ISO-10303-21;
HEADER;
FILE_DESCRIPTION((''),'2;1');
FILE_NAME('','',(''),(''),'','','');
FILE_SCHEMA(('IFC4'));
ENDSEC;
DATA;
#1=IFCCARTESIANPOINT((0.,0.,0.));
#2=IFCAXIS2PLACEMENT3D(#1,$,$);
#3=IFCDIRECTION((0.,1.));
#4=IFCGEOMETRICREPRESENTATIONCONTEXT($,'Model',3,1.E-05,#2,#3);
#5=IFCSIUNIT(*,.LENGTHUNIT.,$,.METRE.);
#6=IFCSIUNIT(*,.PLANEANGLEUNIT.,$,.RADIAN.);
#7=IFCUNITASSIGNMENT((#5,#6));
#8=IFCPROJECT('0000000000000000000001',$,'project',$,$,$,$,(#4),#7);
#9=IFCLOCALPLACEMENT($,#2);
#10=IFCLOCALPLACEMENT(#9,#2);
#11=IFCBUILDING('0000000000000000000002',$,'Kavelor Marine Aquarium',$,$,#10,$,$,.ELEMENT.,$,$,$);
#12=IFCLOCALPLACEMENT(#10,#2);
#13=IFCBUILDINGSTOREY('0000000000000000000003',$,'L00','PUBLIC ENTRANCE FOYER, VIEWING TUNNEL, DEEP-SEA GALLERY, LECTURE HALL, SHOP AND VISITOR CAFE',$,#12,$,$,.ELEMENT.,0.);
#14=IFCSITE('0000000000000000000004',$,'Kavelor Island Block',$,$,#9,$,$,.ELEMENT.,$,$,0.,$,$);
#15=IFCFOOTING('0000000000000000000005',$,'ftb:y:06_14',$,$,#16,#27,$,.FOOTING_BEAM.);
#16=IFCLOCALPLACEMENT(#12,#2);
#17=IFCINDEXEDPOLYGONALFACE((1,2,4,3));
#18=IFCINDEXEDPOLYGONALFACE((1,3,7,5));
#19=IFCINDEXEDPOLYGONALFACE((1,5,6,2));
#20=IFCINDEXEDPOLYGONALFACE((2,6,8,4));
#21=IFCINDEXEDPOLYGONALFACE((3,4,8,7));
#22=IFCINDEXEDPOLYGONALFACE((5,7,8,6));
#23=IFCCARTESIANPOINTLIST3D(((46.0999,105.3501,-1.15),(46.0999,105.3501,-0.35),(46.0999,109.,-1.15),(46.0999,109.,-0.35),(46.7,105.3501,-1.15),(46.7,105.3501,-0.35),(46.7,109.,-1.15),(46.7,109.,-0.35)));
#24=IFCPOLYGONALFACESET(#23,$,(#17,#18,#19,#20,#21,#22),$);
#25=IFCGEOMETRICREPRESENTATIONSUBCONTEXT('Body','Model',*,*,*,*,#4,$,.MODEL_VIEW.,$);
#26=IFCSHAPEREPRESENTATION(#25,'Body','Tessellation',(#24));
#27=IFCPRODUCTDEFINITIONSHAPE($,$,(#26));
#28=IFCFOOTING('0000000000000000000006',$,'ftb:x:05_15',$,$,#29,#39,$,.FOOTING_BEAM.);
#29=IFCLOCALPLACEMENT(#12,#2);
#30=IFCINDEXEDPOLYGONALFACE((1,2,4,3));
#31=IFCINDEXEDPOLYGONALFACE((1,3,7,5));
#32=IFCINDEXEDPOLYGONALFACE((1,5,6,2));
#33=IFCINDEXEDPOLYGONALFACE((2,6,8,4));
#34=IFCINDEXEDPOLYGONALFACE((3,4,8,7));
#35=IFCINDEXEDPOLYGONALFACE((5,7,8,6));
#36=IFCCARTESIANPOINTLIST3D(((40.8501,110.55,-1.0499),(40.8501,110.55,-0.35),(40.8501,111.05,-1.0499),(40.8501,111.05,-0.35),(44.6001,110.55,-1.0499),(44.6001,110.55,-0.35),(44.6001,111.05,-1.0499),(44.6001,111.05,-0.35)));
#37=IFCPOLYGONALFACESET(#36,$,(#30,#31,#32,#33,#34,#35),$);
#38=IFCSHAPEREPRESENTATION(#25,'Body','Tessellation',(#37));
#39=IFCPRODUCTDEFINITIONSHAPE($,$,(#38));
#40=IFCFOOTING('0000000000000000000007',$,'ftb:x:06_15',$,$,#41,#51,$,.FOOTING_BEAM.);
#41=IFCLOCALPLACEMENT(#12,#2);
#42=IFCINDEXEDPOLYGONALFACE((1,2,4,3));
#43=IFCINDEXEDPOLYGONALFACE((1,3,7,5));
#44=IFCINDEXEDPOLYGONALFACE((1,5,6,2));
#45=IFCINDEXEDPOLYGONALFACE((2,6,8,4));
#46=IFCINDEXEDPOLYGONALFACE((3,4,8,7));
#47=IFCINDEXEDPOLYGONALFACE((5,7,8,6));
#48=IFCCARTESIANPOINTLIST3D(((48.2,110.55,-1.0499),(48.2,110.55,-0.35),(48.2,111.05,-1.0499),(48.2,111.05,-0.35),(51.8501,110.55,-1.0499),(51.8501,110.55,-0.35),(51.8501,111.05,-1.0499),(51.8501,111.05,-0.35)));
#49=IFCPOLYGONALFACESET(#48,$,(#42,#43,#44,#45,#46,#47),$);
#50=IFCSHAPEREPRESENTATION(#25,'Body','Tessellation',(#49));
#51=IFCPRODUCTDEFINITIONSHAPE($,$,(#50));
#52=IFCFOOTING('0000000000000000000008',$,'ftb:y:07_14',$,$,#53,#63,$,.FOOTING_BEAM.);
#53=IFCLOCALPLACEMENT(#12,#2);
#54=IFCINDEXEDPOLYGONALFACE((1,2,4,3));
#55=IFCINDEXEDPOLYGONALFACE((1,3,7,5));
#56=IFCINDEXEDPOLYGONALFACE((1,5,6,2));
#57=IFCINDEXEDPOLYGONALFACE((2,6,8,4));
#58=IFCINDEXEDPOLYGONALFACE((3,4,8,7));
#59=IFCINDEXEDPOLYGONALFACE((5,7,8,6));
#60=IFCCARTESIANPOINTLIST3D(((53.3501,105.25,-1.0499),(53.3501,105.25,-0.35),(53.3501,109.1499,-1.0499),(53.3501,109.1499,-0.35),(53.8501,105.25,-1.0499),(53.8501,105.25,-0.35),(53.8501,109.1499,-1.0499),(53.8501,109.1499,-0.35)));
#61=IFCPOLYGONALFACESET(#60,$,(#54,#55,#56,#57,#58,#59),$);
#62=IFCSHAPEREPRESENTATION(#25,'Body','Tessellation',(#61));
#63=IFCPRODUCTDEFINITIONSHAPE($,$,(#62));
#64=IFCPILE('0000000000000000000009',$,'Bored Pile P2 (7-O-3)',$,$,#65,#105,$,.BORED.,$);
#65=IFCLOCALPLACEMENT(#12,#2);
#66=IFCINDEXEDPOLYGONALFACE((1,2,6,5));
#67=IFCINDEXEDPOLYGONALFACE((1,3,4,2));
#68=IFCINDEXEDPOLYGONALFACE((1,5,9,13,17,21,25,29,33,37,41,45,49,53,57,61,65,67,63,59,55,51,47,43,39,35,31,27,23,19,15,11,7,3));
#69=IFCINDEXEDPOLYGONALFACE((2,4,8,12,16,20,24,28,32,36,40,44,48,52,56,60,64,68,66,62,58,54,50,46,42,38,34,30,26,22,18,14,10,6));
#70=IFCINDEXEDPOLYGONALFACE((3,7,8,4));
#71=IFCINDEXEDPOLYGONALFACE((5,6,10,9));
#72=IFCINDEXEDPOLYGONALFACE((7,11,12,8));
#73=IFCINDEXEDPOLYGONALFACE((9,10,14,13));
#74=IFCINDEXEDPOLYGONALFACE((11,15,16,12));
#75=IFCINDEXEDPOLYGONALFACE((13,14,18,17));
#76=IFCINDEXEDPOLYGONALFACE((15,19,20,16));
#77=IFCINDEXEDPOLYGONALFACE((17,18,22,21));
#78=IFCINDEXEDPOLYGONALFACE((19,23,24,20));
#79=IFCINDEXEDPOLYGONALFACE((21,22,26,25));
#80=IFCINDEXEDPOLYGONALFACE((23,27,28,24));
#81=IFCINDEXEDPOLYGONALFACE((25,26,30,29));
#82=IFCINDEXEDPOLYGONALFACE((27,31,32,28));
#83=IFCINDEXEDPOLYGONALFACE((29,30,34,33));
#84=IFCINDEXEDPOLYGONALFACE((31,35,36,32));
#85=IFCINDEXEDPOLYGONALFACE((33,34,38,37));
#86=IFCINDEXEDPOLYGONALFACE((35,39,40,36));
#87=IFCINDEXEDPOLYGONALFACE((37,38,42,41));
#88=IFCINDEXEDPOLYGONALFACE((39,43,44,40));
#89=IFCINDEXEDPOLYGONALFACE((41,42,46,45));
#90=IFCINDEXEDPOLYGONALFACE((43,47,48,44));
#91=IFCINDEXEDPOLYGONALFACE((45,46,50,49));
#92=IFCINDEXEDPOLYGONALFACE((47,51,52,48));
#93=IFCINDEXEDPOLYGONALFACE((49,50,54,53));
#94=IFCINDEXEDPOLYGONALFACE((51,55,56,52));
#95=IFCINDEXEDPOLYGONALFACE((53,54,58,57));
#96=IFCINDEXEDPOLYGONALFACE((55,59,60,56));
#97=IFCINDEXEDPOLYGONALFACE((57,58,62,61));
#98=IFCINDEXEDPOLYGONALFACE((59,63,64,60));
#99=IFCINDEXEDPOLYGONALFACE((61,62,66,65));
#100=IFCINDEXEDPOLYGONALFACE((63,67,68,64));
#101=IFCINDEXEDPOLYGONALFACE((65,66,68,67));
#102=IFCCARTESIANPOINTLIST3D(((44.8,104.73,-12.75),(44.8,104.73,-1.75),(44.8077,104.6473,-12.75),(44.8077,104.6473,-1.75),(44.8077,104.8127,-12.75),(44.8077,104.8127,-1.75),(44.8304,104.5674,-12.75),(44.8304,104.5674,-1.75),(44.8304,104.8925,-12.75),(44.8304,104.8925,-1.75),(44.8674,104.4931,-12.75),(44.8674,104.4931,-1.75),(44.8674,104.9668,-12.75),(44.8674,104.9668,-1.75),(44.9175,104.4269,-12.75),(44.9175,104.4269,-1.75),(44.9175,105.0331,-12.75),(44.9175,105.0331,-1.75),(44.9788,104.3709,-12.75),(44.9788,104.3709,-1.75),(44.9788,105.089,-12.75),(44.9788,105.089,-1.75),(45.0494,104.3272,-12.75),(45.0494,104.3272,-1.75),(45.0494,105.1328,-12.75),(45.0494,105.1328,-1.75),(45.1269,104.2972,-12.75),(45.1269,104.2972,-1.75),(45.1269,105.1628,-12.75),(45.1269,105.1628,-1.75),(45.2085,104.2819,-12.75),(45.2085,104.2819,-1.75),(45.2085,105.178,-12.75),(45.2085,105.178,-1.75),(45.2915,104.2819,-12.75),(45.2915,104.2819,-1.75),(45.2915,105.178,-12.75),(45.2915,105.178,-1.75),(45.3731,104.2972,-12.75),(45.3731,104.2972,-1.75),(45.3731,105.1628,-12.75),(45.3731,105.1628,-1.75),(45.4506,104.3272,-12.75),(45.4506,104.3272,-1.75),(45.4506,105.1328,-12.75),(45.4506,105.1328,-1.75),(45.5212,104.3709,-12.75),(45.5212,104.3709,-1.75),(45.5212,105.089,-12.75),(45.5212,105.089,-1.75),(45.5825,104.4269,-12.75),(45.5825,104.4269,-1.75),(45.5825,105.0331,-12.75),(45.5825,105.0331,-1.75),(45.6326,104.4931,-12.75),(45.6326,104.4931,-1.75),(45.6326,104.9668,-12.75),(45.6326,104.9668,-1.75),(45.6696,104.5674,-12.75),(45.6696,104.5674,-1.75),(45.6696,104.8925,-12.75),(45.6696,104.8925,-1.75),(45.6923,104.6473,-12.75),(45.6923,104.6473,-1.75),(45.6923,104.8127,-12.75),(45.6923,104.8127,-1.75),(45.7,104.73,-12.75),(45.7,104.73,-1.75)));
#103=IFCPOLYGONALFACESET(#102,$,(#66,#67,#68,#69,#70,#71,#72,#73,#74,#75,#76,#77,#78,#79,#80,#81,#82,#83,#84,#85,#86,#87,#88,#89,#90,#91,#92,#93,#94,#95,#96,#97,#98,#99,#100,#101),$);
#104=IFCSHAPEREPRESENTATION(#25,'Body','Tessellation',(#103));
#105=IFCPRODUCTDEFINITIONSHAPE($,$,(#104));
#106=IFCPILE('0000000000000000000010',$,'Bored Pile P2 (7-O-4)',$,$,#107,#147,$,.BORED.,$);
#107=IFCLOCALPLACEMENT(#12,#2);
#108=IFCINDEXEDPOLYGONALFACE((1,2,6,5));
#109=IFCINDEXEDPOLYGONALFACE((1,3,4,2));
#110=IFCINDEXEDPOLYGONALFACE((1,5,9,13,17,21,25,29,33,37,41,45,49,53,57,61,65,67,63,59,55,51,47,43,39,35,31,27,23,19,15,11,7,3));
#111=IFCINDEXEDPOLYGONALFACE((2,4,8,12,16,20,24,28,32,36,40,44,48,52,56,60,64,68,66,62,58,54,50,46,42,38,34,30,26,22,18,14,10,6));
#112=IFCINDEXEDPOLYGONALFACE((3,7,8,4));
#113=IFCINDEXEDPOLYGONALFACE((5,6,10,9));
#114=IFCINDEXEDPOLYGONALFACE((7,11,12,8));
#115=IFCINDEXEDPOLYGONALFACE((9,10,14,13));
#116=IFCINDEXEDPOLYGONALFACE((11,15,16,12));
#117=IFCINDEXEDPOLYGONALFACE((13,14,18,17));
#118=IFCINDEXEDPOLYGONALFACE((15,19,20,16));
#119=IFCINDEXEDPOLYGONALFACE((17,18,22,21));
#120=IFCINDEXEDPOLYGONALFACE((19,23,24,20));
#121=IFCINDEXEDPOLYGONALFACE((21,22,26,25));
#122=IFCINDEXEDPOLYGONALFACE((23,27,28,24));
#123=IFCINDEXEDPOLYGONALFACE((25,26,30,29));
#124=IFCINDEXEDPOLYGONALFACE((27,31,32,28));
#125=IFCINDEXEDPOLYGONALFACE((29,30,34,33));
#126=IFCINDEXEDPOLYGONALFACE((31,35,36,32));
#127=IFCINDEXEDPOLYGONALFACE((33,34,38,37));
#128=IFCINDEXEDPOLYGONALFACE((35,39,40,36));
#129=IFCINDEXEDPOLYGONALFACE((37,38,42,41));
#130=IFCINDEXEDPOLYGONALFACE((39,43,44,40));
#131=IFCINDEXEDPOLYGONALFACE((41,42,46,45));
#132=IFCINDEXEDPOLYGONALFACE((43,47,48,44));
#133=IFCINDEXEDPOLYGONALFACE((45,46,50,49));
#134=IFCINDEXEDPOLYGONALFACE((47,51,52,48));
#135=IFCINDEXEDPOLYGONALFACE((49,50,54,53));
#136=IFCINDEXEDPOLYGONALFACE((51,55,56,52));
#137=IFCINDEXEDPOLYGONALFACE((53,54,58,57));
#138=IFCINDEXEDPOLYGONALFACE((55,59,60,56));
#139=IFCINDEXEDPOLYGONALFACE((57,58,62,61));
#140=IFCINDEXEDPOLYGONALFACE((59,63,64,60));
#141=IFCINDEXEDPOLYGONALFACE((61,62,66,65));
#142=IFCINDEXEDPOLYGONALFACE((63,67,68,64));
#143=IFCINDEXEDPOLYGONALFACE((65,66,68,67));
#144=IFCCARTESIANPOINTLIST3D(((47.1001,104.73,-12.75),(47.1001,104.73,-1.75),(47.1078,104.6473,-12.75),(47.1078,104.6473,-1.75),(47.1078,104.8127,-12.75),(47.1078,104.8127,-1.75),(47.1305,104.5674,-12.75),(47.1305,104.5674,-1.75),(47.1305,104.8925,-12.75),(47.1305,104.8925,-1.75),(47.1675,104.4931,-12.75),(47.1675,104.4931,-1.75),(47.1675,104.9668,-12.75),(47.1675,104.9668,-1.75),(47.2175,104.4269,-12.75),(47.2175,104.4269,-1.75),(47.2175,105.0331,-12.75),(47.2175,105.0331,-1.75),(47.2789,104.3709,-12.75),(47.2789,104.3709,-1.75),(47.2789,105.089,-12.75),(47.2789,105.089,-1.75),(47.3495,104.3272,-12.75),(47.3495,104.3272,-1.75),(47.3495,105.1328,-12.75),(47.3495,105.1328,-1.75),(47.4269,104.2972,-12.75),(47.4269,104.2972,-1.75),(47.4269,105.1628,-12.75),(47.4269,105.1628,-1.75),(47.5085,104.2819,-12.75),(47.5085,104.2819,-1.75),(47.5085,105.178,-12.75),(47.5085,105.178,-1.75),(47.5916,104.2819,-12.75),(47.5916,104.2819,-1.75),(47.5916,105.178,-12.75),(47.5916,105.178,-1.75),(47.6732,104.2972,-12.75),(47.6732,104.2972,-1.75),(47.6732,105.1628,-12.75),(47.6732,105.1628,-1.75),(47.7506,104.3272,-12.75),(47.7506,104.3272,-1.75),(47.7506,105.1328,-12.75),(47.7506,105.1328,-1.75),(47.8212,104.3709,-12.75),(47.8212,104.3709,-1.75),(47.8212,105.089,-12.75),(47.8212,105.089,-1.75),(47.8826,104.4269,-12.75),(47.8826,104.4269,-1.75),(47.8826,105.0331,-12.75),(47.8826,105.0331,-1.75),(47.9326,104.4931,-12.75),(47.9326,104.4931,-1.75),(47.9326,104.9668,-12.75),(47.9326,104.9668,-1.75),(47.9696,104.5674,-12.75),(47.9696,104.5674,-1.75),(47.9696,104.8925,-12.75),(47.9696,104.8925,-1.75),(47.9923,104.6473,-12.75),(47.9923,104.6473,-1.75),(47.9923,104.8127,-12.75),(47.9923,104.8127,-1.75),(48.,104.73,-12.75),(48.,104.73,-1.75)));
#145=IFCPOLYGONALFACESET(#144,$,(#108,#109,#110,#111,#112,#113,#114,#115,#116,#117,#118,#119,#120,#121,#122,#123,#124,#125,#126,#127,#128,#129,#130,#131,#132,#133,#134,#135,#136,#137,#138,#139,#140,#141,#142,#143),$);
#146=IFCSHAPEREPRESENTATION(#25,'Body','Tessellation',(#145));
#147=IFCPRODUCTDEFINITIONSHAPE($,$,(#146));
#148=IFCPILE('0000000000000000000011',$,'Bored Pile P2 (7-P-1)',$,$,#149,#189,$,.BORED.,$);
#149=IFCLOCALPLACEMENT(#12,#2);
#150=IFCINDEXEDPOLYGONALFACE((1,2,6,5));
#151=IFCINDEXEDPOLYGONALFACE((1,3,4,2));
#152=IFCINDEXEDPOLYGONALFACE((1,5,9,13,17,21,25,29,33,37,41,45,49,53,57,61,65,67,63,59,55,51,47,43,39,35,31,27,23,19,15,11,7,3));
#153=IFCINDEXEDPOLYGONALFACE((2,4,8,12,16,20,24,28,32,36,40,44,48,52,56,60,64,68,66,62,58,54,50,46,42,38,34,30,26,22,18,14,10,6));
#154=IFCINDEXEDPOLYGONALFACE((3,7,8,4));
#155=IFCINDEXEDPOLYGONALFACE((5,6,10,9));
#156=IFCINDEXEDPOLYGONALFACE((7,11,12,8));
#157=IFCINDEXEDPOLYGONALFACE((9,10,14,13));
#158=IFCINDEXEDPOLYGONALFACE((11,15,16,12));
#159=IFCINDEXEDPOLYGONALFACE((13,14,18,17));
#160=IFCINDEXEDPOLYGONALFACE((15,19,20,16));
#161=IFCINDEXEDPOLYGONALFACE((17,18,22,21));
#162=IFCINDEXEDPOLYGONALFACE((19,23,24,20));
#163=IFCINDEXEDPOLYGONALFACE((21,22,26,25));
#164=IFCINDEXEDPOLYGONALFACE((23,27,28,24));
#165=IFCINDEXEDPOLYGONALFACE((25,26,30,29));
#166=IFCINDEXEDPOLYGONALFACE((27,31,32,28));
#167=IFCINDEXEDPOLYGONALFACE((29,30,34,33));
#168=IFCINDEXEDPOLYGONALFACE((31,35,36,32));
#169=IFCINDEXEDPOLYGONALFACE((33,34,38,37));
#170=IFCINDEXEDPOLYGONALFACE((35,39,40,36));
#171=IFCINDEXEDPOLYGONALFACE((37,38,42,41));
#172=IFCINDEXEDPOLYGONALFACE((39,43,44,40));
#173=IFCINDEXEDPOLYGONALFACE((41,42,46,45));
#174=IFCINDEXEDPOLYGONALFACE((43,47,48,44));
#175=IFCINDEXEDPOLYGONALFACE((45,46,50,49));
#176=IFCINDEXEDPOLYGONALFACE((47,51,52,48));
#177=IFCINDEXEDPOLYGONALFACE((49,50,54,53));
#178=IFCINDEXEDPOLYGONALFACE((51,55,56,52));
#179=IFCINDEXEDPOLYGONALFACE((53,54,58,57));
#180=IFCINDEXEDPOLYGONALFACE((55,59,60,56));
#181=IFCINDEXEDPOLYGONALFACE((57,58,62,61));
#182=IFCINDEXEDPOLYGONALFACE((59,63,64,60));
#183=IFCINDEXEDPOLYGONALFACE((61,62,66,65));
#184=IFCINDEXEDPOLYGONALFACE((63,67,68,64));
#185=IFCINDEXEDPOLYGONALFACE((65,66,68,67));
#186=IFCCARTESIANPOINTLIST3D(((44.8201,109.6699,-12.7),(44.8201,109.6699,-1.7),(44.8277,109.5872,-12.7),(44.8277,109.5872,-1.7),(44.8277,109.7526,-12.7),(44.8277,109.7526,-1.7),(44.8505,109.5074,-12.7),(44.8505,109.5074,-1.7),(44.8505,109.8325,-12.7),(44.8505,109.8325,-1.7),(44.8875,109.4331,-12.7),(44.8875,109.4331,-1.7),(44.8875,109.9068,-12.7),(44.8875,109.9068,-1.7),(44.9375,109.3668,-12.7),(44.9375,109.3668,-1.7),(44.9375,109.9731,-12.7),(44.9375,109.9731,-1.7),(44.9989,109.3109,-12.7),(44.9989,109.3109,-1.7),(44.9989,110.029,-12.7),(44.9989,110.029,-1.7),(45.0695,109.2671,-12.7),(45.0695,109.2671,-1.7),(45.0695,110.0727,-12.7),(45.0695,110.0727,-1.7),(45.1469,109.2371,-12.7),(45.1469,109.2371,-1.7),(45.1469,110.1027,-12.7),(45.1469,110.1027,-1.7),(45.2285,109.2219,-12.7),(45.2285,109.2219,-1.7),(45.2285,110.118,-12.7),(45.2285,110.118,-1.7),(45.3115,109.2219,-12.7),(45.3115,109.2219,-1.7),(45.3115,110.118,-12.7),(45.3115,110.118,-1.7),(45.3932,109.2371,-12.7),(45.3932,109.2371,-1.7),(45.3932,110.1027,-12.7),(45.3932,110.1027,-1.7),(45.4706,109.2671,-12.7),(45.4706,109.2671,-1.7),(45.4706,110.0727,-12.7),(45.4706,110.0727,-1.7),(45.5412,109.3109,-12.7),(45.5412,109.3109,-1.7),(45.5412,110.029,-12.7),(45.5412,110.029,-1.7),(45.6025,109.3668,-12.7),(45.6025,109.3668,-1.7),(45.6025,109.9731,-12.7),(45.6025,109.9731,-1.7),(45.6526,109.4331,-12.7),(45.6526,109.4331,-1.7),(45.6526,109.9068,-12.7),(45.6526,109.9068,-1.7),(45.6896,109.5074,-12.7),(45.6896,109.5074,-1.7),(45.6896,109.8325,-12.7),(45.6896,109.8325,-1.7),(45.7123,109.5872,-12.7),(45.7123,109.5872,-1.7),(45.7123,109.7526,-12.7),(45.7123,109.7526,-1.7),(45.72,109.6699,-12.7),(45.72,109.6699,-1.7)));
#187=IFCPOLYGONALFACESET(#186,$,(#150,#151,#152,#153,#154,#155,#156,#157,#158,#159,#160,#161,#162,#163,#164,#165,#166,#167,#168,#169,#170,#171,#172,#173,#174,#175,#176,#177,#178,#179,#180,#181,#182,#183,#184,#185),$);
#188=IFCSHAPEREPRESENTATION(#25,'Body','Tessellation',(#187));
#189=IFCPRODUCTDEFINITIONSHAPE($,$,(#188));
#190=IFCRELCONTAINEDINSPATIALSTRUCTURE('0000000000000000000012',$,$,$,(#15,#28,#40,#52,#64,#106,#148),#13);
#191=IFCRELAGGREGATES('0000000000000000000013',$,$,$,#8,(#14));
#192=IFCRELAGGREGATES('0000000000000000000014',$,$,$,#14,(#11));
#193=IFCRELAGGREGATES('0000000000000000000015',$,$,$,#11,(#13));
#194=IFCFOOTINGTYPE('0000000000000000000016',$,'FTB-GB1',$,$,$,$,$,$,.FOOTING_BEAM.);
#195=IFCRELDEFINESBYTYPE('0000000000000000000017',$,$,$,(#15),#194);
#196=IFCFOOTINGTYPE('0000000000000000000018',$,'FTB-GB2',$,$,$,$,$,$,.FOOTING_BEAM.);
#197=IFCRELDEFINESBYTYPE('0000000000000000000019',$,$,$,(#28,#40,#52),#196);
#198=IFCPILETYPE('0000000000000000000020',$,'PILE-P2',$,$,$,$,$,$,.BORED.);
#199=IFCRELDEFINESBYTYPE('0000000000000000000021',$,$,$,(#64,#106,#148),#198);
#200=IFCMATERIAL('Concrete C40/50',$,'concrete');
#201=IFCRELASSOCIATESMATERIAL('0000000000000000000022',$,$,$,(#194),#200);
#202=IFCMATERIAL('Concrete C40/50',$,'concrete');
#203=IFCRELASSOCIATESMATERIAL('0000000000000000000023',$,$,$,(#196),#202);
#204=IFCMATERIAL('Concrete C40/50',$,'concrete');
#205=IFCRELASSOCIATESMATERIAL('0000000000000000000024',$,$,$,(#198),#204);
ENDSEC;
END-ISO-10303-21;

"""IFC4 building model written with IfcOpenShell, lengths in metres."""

from ifc_helpers import new_model, si_unit, direction, frame, origin, origin_2d, place, context, subcontext, project, spatial, rectangle, circle, extrude, material, material_profile, profile_set, type_object, element, save


model = new_model("IFC4")

# Units and contexts
model_context = context("Model", 3, precision=1e-05, world=origin(), true_north=direction((0.0, 1.0)))
body_context = subcontext(model_context, "Body", "Model", "MODEL_VIEW")
ifc_project = project(units=[si_unit("LENGTHUNIT", "METRE"), si_unit("PLANEANGLEUNIT", "RADIAN")], contexts=[model_context])

# Site, building, storey
site_placement = place(None, origin())
site = spatial("IfcSite", under=ifc_project, at=site_placement, Name="Kavelor Island Block", CompositionType="ELEMENT", RefElevation=0.0)
building_placement = place(site_placement, origin())
building = spatial("IfcBuilding", under=site, at=building_placement, Name="Kavelor Marine Aquarium", CompositionType="ELEMENT")
storey_placement = place(building_placement, origin())
storey = spatial("IfcBuildingStorey", under=building, at=storey_placement, Name="L00", Description="PUBLIC ENTRANCE FOYER, VIEWING TUNNEL, DEEP-SEA GALLERY, LECTURE HALL, SHOP AND VISITOR CAFE", CompositionType="ELEMENT", Elevation=0.0)

# Footings
ifc_material_1 = material(Name="Concrete C40/50", Category="concrete")
ifc_material_profile_1 = material_profile(ifc_material_1, rectangle(XDim=0.6001, YDim=0.8, at=origin_2d()), Name="GB 600x800")
ifc_profile_set_1 = profile_set([ifc_material_profile_1], Name="Concrete C40/50")
footing_type_1 = type_object("IfcFootingType", Name="FTB-GB1", PredefinedType="FOOTING_BEAM", material=ifc_profile_set_1)
footing_1_placement = place(storey_placement, frame((46.3999, 105.3501, -0.75), z_axis=(0.0, 1.0, 0.0), x_axis=(-1.0, 0.0, 0.0)))
element("IfcFooting", 1, at=footing_1_placement, inside=storey, type_object=footing_type_1, Name="ftb:y:06_14", PredefinedType="FOOTING_BEAM", context=body_context, shape_type="SweptSolid", body=[
    extrude(rectangle(XDim=0.6001, YDim=0.8, at=origin_2d()), origin(), (0.0, 0.0, 1.0), 3.6499),
])
ifc_material_2 = material(Name="Concrete C40/50", Category="concrete")
ifc_material_profile_2 = material_profile(ifc_material_2, rectangle(XDim=0.5, YDim=0.7, at=origin_2d()), Name="GB 500x700")
ifc_profile_set_2 = profile_set([ifc_material_profile_2], Name="Concrete C40/50")
footing_type_2 = type_object("IfcFootingType", Name="FTB-GB2", PredefinedType="FOOTING_BEAM", material=ifc_profile_set_2)
footing_2_placement = place(storey_placement, frame((40.8501, 110.8, -0.7), z_axis=(1.0, 0.0, 0.0), x_axis=(0.0, 1.0, 0.0)))
element("IfcFooting", 2, at=footing_2_placement, inside=storey, type_object=footing_type_2, Name="ftb:x:05_15", PredefinedType="FOOTING_BEAM", context=body_context, shape_type="SweptSolid", body=[
    extrude(rectangle(XDim=0.5, YDim=0.7, at=origin_2d()), origin(), (0.0, 0.0, 1.0), 3.75),
])
footing_3_placement = place(storey_placement, frame((48.2, 110.8, -0.7), z_axis=(1.0, 0.0, 0.0), x_axis=(0.0, 1.0, 0.0)))
element("IfcFooting", 3, at=footing_3_placement, inside=storey, type_object=footing_type_2, Name="ftb:x:06_15", PredefinedType="FOOTING_BEAM", context=body_context, shape_type="SweptSolid", body=[
    extrude(rectangle(XDim=0.5, YDim=0.7, at=origin_2d()), origin(), (0.0, 0.0, 1.0), 3.6501),
])
footing_4_placement = place(storey_placement, frame((53.6001, 105.25, -0.7), z_axis=(0.0, 1.0, 0.0), x_axis=(-1.0, 0.0, 0.0)))
element("IfcFooting", 4, at=footing_4_placement, inside=storey, type_object=footing_type_2, Name="ftb:y:07_14", PredefinedType="FOOTING_BEAM", context=body_context, shape_type="SweptSolid", body=[
    extrude(rectangle(XDim=0.5, YDim=0.7, at=origin_2d()), origin(), (0.0, 0.0, 1.0), 3.8999),
])

# Piles
ifc_material_3 = material(Name="Concrete C40/50", Category="concrete")
ifc_material_profile_3 = material_profile(ifc_material_3, circle(Radius=0.45, at=origin_2d()), Name="PILE D900")
ifc_profile_set_3 = profile_set([ifc_material_profile_3], Name="Concrete C40/50")
pile_type_1 = type_object("IfcPileType", Name="PILE-P2", PredefinedType="BORED", material=ifc_profile_set_3)
for number, where, z_axis, x_axis, name in (
    (5, (45.25, 104.73, -1.75), (0.0, 0.0, -1.0), (1.0, 0.0, 0.0), "Bored Pile P2 (7-O-3)"),
    (6, (47.55, 104.73, -1.75), (0.0, 0.0, -1.0), (1.0, 0.0, 0.0), "Bored Pile P2 (7-O-4)"),
    (7, (45.27, 109.6699, -1.7), (0.0, 0.0, -1.0), (1.0, 0.0, 0.0), "Bored Pile P2 (7-P-1)"),
):
    element("IfcPile", number, at=place(storey_placement, frame(where, z_axis=z_axis, x_axis=x_axis)), inside=storey, type_object=pile_type_1, Name=name, PredefinedType="BORED", context=body_context, shape_type="SweptSolid", body=[
        extrude(circle(Radius=0.45, at=origin_2d()), origin(), (0.0, 0.0, 1.0), 11.0),
    ])

save(model, "model.ifc")
